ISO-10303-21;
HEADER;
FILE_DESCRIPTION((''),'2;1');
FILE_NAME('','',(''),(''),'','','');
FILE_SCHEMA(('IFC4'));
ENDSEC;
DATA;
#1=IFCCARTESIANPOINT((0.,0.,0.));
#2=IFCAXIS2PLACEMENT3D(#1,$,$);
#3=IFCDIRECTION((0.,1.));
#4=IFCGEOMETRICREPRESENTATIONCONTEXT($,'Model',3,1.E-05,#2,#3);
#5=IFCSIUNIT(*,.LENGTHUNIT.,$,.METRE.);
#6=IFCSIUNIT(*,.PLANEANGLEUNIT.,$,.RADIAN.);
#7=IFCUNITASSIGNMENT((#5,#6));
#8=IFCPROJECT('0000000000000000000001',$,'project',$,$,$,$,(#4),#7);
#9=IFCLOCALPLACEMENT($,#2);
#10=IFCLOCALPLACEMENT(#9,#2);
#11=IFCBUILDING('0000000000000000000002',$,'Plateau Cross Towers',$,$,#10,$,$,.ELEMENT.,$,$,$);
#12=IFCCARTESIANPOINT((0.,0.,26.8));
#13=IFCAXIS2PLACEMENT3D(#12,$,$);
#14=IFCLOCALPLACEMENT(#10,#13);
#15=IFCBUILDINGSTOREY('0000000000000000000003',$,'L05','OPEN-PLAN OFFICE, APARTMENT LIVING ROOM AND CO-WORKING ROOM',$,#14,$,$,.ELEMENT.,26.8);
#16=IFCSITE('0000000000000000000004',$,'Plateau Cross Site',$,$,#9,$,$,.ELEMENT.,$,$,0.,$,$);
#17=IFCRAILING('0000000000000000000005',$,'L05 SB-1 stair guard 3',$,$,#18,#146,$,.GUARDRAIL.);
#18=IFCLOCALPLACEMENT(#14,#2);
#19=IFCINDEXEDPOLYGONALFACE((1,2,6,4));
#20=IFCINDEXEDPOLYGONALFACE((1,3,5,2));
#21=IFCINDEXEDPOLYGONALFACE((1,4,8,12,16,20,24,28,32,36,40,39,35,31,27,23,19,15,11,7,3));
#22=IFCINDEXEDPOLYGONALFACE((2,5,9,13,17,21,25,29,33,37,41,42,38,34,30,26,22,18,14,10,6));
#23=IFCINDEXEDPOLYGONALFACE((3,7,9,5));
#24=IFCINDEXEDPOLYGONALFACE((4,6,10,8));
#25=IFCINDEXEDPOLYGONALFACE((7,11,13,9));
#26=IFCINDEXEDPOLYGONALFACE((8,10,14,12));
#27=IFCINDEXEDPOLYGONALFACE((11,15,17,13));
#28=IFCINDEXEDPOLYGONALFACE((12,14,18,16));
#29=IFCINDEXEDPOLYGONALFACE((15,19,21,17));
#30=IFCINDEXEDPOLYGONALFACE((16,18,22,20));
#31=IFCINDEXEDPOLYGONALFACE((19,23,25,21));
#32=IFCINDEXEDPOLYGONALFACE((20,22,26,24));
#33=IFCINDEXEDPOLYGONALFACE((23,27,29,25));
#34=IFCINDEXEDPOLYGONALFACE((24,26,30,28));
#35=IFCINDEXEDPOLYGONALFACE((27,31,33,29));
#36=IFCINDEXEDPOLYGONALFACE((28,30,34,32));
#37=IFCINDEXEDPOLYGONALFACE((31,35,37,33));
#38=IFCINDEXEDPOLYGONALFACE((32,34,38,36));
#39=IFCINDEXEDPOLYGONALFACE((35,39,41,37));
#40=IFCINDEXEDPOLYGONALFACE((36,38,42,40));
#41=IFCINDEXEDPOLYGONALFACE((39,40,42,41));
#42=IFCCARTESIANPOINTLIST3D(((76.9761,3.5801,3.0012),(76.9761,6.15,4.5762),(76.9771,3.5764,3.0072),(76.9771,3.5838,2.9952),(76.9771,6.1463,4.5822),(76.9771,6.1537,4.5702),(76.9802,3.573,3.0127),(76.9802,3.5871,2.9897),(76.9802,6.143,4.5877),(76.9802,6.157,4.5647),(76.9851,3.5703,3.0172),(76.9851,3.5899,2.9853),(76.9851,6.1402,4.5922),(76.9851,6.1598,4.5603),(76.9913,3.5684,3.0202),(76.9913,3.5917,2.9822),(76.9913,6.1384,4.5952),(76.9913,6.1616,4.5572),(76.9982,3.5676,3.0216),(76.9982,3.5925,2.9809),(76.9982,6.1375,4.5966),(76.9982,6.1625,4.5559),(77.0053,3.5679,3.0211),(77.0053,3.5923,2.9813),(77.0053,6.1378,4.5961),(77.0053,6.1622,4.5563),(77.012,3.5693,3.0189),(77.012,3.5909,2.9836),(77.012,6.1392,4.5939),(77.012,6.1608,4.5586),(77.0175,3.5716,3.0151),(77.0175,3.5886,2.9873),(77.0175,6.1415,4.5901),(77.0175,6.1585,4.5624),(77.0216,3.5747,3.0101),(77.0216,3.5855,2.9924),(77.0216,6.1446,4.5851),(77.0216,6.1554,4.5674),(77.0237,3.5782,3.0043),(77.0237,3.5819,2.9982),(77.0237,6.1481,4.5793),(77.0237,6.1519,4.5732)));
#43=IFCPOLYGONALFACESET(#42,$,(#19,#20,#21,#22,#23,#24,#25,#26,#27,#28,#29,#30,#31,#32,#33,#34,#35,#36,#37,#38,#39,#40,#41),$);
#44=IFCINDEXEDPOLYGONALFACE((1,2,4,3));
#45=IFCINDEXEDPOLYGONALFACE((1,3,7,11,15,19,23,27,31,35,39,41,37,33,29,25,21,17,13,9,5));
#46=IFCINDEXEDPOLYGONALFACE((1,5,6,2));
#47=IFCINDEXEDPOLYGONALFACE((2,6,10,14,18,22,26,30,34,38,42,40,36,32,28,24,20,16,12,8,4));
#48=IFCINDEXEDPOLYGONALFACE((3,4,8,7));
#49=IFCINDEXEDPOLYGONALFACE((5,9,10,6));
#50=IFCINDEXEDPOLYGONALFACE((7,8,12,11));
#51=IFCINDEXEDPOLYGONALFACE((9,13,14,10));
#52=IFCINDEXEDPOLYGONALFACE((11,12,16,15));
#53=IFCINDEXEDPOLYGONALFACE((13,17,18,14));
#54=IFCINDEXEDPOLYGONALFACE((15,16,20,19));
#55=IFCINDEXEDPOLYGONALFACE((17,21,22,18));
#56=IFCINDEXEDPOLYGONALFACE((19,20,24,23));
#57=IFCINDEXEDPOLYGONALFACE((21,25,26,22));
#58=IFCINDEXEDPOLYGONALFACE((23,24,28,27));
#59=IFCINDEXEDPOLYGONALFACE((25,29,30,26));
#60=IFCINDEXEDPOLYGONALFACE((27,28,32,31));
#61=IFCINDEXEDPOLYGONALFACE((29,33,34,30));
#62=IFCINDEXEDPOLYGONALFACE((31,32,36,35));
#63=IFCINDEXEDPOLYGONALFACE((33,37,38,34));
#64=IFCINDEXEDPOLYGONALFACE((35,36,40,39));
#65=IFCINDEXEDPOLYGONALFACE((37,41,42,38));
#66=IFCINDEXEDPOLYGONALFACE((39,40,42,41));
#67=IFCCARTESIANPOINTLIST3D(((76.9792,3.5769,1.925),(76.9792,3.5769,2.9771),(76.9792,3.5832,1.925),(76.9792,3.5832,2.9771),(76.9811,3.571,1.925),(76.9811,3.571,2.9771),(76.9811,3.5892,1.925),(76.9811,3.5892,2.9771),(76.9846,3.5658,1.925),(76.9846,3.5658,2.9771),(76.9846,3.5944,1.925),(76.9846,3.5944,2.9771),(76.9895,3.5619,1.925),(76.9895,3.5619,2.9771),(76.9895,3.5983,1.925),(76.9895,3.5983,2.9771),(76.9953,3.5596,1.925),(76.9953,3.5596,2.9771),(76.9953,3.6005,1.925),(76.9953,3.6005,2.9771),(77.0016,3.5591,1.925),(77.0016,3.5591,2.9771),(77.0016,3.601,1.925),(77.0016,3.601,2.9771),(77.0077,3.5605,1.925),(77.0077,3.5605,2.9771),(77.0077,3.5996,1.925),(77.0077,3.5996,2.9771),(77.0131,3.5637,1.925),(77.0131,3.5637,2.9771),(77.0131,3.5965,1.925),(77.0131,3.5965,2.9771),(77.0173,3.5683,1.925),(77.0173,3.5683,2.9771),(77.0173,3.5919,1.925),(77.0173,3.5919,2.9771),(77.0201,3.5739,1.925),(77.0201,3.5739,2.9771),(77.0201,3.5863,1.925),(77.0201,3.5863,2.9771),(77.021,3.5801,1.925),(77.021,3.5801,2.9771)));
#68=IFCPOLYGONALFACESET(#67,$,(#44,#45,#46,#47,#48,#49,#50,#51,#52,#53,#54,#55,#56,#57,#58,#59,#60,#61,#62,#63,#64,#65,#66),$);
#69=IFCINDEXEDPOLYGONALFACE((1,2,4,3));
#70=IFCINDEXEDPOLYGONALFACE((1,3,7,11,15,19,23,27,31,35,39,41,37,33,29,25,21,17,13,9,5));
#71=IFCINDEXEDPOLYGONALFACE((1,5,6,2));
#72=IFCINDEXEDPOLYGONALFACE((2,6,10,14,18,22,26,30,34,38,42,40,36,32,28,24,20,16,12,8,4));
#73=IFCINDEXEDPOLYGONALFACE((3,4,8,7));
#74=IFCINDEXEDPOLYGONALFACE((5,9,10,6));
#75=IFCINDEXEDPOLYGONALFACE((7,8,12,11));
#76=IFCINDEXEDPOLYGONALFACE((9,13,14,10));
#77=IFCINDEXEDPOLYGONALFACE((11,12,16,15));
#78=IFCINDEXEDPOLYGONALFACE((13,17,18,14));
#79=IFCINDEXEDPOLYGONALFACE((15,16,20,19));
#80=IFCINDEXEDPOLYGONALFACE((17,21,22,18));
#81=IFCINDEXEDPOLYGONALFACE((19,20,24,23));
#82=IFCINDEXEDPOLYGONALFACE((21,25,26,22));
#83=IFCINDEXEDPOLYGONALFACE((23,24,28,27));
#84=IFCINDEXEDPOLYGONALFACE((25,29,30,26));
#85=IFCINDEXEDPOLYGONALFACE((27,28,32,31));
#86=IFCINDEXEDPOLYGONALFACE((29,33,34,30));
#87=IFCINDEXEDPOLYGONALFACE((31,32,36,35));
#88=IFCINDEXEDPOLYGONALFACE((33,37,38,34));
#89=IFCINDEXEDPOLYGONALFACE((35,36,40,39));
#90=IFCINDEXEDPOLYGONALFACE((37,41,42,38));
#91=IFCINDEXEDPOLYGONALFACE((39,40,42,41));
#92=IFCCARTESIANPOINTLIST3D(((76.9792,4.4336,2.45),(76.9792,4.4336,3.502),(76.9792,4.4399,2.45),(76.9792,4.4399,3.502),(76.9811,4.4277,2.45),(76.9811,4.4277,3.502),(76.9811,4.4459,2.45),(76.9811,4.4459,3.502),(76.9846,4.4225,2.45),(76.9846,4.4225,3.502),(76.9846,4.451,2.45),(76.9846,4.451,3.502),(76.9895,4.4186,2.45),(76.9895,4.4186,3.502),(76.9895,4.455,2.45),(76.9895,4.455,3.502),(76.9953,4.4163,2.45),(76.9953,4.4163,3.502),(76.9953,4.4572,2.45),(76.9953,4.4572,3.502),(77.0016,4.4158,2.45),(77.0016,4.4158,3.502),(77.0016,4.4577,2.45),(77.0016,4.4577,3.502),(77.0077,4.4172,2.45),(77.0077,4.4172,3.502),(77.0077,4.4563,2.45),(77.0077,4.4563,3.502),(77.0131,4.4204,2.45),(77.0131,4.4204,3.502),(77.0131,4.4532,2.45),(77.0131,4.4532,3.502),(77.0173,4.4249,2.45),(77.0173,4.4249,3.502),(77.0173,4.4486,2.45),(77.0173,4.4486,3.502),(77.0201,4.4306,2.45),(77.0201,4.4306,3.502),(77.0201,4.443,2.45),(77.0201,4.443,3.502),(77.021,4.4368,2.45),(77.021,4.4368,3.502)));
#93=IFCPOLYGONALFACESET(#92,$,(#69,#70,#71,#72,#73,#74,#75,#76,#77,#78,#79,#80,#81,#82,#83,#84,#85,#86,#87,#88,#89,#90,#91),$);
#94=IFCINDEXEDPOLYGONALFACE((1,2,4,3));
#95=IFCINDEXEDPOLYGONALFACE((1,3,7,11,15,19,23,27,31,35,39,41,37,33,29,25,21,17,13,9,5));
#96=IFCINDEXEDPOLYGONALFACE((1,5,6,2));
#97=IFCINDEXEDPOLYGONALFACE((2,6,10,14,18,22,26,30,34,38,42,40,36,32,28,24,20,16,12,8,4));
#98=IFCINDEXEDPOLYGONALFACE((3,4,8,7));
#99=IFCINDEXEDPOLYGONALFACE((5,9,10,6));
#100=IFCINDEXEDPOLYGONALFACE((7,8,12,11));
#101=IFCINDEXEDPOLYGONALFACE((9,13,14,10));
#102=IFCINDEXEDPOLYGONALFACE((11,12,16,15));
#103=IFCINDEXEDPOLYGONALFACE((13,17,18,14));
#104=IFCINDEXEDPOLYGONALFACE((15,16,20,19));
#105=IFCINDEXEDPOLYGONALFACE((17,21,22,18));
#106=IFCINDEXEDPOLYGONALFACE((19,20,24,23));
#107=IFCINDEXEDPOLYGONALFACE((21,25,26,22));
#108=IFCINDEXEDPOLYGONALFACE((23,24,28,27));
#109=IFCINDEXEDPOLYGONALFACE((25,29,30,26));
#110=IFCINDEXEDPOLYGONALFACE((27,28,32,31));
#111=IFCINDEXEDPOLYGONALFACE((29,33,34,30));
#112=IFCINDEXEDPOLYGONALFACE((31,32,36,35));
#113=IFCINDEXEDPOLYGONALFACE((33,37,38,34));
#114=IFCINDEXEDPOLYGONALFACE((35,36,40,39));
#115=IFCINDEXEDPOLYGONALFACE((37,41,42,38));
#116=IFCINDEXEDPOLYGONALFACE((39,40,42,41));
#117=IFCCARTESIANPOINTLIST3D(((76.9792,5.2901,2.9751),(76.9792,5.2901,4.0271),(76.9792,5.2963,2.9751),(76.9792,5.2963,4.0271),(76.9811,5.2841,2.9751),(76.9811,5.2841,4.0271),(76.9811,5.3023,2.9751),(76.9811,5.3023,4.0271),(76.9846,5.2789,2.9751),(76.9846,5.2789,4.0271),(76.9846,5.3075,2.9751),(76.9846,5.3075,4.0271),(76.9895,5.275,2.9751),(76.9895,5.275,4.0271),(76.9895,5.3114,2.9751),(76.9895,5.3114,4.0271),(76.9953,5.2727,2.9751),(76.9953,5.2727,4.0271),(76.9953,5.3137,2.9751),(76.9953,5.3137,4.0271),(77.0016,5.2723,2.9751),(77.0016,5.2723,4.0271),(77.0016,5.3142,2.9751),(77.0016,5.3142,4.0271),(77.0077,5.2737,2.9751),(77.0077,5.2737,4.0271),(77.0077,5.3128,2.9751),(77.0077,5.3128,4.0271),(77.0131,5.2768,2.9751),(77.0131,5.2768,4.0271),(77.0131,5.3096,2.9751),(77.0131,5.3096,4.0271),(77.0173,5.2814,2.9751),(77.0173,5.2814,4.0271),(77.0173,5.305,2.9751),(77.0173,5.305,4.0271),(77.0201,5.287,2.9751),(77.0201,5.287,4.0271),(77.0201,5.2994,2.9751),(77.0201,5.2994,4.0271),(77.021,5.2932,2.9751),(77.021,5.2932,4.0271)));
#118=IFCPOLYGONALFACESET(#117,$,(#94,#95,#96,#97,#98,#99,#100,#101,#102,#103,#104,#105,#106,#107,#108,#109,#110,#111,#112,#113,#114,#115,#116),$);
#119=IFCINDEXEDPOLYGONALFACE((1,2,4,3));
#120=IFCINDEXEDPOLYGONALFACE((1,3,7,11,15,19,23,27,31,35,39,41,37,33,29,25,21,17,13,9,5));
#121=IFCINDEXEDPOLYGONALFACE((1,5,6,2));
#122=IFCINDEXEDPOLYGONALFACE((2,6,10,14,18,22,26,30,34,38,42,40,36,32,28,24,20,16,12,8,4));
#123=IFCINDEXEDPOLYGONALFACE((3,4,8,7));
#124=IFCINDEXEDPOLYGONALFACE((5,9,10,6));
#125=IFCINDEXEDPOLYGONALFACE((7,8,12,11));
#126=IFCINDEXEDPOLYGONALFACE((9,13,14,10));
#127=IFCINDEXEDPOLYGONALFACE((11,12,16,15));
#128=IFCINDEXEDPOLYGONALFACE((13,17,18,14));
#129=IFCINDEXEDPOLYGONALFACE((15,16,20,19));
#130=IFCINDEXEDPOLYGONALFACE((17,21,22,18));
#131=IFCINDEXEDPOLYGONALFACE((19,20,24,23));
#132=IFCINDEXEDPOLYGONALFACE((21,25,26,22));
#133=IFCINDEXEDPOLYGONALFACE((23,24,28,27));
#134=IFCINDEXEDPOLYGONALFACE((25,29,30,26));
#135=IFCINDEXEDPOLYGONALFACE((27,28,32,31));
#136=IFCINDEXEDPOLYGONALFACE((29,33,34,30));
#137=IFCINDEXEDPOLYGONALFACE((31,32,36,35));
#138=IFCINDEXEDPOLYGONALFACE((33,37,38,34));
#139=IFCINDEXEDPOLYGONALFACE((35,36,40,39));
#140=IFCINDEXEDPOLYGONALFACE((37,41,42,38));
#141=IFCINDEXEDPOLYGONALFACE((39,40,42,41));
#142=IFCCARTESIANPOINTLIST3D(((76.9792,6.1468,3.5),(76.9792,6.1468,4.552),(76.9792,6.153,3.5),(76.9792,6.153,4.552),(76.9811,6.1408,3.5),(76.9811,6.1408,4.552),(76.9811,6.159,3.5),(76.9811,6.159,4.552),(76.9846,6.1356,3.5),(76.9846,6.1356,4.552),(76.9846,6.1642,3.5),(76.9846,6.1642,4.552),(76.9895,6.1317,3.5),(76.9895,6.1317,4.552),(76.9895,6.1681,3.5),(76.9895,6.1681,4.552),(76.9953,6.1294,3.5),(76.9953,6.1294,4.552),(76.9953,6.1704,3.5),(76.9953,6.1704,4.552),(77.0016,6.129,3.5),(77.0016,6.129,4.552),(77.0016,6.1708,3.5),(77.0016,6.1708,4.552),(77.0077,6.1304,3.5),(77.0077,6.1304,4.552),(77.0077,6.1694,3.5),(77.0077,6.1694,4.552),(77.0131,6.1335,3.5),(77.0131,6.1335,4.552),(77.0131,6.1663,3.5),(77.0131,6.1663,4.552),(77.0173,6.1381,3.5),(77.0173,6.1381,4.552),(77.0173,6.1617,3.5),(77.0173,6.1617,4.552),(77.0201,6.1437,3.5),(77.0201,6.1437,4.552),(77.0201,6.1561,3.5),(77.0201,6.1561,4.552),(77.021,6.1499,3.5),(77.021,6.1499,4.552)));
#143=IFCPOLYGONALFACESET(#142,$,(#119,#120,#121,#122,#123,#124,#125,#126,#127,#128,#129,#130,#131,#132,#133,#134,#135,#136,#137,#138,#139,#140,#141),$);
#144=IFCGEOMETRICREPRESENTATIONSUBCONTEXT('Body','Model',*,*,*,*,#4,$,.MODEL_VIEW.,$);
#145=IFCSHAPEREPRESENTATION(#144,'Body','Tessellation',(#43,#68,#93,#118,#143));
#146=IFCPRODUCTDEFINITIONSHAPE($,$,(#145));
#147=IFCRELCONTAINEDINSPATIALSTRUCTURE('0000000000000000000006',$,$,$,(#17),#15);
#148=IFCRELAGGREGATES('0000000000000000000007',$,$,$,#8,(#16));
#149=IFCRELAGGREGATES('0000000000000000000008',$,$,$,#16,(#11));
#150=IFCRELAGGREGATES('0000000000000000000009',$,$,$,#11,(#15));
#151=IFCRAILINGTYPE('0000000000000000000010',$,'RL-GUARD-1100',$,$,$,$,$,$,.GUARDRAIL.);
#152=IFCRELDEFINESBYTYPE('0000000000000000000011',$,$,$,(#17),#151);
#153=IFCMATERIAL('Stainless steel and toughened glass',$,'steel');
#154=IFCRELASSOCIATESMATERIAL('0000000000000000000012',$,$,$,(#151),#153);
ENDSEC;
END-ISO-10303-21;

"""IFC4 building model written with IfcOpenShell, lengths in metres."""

from ifc_helpers import new_model, si_unit, direction, frame, origin, origin_2d, place, context, subcontext, project, spatial, circle, extrude, material, type_object, element, save


model = new_model("IFC4")

# Units and contexts
model_context = context("Model", 3, precision=1e-05, world=origin(), true_north=direction((0.0, 1.0)))
body_context = subcontext(model_context, "Body", "Model", "MODEL_VIEW")
ifc_project = project(units=[si_unit("LENGTHUNIT", "METRE"), si_unit("PLANEANGLEUNIT", "RADIAN")], contexts=[model_context])

# Site, building, storey
site_placement = place(None, origin())
site = spatial("IfcSite", under=ifc_project, at=site_placement, Name="Plateau Cross Site", CompositionType="ELEMENT", RefElevation=0.0)
building_placement = place(site_placement, origin())
building = spatial("IfcBuilding", under=site, at=building_placement, Name="Plateau Cross Towers", CompositionType="ELEMENT")
storey_placement = place(building_placement, frame((0.0, 0.0, 26.8)))
storey = spatial("IfcBuildingStorey", under=building, at=storey_placement, Name="L05", Description="OPEN-PLAN OFFICE, APARTMENT LIVING ROOM AND CO-WORKING ROOM", CompositionType="ELEMENT", Elevation=26.8)

# Railing
ifc_material_1 = material(Name="Stainless steel and toughened glass", Category="steel")
railing_type_1 = type_object("IfcRailingType", Name="RL-GUARD-1100", PredefinedType="GUARDRAIL", material=ifc_material_1)
railing_1_placement = place(storey_placement, frame((77.0, 3.5801, 1.925)))
element("IfcRailing", 1, at=railing_1_placement, inside=storey, type_object=railing_type_1, Name="L05 SB-1 stair guard 3", PredefinedType="GUARDRAIL", context=body_context, shape_type="SweptSolid", body=[
    extrude(circle(Radius=0.0239, at=origin_2d()), frame((0.0, 0.0, 1.0762), z_axis=(0.0, 0.852616, 0.522537), x_axis=(-1.0, 0.0, 0.0)), (0.0, 0.0, 1.0), 3.0142),
    extrude(circle(Radius=0.021, at=origin_2d()), origin(), (0.0, 0.0, 1.0), 1.052),
    extrude(circle(Radius=0.021, at=origin_2d()), frame((0.0, 0.8567, 0.5249)), (0.0, 0.0, 1.0), 1.052),
    extrude(circle(Radius=0.021, at=origin_2d()), frame((0.0, 1.7131, 1.05)), (0.0, 0.0, 1.0), 1.052),
    extrude(circle(Radius=0.021, at=origin_2d()), frame((0.0, 2.5698, 1.575)), (0.0, 0.0, 1.0), 1.052),
])

save(model, "model.ifc")
